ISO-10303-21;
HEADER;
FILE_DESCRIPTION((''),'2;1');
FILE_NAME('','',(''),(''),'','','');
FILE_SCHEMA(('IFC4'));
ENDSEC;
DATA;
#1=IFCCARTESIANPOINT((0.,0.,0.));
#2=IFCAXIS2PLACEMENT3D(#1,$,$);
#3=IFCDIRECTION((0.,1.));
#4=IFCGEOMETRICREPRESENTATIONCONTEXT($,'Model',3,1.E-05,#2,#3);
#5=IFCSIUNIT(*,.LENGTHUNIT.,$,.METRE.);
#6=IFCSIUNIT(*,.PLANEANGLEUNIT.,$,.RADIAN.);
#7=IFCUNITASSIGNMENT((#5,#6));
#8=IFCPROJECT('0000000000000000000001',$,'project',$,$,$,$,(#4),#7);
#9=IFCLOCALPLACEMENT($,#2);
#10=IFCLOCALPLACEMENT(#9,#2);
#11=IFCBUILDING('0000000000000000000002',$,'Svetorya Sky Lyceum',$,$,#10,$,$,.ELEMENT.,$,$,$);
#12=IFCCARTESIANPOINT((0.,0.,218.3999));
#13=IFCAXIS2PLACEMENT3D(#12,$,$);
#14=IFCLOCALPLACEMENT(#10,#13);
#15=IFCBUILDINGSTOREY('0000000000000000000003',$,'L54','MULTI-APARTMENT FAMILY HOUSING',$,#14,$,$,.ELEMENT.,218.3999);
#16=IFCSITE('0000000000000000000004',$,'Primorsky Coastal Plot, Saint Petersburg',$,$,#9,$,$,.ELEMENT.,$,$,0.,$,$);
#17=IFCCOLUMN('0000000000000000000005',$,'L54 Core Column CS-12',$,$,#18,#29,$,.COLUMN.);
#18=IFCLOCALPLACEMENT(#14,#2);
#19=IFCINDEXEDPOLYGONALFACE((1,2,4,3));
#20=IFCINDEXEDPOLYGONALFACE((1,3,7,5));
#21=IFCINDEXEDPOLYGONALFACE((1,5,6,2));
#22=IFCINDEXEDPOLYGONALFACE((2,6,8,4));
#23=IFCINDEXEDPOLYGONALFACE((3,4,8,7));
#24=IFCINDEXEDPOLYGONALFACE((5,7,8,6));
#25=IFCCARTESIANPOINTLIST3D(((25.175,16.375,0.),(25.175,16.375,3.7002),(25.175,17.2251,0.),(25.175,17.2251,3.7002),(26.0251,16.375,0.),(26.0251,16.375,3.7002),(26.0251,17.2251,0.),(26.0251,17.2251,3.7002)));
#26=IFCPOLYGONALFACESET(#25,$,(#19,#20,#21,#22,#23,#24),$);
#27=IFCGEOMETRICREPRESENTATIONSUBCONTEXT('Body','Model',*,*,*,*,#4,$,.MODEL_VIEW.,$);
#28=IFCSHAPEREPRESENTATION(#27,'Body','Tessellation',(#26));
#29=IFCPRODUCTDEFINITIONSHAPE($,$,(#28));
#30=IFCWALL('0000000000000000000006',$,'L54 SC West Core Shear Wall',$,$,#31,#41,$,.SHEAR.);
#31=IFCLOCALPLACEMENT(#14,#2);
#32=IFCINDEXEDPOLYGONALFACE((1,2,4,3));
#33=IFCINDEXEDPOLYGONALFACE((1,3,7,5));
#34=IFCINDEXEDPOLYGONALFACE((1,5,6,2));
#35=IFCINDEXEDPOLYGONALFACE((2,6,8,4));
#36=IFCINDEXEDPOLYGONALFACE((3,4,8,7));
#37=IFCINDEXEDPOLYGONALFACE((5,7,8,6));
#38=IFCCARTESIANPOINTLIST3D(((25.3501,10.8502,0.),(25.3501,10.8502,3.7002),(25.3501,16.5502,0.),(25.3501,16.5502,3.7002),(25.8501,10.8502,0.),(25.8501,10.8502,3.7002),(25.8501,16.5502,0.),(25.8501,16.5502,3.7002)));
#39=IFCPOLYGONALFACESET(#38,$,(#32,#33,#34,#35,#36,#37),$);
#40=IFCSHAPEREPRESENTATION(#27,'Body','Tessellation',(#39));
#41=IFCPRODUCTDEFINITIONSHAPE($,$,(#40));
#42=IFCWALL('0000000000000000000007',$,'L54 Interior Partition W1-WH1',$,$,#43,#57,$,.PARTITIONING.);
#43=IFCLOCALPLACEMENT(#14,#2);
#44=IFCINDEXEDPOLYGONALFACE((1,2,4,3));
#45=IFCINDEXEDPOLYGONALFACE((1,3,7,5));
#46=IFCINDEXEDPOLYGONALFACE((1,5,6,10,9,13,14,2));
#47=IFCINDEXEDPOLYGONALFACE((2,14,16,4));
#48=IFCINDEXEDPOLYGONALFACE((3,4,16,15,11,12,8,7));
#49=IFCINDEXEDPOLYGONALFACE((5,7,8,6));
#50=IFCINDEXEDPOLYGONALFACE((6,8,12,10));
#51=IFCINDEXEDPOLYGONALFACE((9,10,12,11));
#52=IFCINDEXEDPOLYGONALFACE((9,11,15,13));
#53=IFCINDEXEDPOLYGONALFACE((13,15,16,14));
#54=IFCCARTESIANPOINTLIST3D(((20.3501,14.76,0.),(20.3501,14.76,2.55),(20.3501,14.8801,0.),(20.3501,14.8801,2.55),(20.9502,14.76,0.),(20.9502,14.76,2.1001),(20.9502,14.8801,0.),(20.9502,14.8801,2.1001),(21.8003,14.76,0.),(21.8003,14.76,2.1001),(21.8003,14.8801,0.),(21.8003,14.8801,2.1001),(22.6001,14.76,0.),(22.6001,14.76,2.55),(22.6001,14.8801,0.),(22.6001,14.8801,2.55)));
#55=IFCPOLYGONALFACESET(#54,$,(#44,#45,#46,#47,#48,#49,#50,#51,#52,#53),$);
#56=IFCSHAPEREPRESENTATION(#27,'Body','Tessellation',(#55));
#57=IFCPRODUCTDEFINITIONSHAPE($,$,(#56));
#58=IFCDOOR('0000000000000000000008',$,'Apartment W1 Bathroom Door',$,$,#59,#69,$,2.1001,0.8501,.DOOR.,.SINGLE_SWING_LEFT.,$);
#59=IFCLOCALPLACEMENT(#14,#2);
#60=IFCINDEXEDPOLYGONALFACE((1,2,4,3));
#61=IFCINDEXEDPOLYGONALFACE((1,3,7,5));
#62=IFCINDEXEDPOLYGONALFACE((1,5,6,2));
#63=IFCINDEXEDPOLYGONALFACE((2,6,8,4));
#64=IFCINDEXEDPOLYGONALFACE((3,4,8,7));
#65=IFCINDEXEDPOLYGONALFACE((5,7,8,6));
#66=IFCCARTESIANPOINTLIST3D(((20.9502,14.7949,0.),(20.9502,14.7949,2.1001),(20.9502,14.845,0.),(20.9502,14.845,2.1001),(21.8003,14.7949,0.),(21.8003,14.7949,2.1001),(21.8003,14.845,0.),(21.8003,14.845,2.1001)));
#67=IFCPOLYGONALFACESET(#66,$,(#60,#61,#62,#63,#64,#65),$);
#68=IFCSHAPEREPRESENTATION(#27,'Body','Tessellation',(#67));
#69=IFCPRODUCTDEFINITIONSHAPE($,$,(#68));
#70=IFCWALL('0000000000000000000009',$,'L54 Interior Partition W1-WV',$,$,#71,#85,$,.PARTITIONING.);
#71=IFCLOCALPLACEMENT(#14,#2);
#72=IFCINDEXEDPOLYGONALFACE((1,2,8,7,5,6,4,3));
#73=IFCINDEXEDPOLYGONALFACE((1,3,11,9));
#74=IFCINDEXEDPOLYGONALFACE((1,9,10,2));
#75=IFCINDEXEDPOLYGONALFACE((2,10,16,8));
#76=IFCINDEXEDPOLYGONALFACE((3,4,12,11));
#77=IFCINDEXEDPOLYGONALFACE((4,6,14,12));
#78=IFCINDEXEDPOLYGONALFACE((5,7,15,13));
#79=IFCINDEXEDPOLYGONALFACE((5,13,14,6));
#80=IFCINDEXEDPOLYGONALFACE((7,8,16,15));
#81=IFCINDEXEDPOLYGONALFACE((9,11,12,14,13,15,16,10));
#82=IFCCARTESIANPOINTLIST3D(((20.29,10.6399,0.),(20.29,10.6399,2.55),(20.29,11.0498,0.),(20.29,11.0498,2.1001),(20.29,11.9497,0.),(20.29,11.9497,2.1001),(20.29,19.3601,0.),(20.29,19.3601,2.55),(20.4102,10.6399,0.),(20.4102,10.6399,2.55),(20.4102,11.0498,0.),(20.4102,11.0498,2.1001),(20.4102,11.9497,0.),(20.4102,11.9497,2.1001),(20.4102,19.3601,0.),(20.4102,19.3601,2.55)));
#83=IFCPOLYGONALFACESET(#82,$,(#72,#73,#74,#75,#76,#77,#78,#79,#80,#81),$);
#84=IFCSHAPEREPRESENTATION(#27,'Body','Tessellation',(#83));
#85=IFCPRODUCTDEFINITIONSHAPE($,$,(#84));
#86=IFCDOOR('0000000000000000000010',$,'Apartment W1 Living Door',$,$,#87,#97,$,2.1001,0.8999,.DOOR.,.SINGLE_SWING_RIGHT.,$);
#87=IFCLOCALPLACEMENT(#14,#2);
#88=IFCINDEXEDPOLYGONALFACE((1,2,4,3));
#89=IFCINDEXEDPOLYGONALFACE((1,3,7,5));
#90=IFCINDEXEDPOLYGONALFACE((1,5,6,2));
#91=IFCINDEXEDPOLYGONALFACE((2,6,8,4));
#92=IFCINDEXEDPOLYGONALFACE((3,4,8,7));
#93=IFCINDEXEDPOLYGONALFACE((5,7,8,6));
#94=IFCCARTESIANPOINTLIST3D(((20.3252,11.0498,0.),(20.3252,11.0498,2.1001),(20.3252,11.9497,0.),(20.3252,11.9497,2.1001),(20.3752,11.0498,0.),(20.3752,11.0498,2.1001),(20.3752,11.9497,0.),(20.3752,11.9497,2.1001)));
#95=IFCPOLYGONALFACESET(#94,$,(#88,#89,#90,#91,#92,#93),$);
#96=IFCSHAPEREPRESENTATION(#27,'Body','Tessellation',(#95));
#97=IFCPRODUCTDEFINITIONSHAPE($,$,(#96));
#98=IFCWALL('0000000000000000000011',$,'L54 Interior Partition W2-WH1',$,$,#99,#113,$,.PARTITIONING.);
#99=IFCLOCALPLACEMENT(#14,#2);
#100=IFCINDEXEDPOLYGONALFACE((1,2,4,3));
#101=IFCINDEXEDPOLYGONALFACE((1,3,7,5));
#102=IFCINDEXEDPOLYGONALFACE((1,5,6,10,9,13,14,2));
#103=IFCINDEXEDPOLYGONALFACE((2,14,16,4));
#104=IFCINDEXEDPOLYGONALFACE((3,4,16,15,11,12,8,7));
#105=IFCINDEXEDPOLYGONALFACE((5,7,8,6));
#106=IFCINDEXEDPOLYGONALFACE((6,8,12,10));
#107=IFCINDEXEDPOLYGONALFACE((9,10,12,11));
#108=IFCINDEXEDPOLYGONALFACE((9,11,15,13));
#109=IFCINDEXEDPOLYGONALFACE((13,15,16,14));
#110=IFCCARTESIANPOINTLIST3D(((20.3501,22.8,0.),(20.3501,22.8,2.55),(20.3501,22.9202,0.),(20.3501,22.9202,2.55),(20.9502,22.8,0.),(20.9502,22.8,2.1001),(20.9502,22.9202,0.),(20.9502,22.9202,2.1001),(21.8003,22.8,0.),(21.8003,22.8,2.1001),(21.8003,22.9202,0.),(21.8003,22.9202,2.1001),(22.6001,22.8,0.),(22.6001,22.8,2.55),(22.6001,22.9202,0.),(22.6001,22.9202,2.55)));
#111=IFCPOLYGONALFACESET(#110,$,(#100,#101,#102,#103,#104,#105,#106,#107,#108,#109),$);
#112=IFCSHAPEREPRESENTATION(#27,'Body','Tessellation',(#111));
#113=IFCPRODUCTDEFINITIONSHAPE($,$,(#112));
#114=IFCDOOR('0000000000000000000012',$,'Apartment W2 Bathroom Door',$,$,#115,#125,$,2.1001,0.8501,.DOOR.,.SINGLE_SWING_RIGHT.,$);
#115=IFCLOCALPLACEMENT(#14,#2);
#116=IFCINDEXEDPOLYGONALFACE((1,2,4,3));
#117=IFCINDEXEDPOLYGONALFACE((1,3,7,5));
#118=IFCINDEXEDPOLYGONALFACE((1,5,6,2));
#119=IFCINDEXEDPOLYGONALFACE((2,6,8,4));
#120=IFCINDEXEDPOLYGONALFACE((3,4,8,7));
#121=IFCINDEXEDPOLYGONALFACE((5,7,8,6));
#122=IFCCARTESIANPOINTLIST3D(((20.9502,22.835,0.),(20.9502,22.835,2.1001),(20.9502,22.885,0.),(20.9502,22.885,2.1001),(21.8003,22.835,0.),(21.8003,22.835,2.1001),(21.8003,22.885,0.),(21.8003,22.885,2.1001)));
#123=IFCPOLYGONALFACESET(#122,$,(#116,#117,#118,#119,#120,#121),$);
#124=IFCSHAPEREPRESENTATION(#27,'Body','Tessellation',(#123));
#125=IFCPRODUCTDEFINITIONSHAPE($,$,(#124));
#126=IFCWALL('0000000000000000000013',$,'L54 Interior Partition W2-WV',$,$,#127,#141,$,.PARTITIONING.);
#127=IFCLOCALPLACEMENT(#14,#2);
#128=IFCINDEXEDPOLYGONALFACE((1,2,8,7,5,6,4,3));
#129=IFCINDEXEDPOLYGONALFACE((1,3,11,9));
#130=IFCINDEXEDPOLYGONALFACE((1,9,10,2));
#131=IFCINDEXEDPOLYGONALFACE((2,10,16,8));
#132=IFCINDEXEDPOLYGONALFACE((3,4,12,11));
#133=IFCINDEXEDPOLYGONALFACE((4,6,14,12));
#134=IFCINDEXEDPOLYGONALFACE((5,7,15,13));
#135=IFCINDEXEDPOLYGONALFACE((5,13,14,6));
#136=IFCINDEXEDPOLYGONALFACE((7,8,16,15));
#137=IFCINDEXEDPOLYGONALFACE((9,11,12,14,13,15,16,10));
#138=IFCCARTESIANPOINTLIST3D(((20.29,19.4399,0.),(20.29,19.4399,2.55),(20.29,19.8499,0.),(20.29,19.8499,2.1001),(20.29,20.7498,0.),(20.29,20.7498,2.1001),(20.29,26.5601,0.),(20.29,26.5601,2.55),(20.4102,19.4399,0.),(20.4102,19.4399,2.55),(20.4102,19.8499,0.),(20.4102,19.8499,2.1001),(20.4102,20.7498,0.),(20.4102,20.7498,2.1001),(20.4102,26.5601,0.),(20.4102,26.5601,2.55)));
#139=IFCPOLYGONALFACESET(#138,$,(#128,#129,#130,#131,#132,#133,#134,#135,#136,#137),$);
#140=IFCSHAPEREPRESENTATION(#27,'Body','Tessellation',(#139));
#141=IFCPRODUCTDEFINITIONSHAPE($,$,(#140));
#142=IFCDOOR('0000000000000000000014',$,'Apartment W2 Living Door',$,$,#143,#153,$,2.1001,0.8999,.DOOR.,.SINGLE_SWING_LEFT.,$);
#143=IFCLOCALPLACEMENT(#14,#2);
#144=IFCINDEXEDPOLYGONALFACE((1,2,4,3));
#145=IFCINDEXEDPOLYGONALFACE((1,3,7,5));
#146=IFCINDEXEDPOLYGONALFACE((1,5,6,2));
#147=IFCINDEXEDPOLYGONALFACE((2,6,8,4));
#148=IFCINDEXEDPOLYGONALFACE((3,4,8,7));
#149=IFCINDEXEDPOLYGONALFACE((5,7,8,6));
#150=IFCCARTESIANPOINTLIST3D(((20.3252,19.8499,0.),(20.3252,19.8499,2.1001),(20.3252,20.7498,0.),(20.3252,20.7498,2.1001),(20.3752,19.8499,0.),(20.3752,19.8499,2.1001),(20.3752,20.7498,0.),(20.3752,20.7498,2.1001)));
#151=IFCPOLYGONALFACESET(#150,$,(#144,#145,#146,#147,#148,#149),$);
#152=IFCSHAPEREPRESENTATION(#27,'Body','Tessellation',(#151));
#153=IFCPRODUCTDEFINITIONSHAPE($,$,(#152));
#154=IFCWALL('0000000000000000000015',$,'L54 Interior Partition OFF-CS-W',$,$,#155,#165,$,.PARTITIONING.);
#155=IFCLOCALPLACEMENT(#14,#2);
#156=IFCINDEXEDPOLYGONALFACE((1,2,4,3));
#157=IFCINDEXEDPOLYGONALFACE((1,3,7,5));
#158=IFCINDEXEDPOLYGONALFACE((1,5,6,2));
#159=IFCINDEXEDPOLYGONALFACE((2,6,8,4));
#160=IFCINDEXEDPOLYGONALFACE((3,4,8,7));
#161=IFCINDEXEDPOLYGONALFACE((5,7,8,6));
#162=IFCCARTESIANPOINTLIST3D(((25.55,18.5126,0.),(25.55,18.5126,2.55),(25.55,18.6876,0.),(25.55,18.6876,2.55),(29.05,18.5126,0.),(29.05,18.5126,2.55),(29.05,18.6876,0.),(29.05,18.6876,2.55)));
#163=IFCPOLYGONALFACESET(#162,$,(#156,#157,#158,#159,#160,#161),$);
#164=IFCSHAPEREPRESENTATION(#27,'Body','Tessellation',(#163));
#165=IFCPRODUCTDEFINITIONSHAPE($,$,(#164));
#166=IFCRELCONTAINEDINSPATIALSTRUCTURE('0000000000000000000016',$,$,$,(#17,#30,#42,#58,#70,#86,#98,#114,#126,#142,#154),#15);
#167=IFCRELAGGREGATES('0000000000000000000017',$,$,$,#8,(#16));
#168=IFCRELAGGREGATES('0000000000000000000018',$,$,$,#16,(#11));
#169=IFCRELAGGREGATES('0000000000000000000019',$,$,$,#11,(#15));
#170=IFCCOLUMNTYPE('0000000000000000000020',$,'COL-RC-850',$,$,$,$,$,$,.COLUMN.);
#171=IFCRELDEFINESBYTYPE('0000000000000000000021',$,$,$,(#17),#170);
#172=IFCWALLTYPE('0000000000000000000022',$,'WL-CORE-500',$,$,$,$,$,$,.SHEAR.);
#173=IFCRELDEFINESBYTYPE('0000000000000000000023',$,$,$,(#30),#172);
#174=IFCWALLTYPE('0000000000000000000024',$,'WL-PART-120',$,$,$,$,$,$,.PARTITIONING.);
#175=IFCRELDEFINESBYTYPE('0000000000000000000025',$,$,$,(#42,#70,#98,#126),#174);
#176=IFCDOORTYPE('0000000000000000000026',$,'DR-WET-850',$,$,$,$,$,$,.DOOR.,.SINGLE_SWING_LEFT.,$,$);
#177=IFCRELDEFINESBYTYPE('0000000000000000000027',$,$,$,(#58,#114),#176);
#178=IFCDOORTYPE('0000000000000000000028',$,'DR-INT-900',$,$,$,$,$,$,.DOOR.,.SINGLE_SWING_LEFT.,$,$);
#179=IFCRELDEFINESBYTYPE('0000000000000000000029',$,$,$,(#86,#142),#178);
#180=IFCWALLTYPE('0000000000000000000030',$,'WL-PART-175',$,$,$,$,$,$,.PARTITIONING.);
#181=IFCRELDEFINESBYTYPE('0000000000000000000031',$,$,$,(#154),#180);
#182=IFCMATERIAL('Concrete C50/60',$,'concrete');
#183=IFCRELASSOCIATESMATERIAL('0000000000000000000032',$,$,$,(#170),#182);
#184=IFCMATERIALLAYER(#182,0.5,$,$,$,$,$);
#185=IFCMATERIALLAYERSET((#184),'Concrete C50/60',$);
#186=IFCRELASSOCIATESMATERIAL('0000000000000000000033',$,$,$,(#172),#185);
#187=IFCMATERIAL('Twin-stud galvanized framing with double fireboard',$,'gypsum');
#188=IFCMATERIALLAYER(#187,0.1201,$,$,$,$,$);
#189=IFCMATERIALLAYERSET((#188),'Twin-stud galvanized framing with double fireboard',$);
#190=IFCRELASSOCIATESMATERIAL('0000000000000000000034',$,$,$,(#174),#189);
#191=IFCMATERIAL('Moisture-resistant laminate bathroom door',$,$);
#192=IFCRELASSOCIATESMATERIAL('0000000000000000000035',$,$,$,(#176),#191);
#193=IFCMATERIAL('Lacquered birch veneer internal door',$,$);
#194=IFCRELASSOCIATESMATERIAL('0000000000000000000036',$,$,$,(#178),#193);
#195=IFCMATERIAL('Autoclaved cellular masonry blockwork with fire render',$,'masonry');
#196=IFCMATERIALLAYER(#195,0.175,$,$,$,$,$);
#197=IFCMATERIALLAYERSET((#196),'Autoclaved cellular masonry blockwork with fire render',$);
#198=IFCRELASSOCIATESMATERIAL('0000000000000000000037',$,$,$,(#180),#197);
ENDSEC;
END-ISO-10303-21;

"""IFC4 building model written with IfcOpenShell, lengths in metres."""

from ifc_helpers import new_model, si_unit, direction, frame, frame_2d, origin, origin_2d, place, context, subcontext, project, spatial, rectangle, extrude, material, layer, layer_set, material_profile, profile_set, type_object, element, fill, save


model = new_model("IFC4")

# Units and contexts
model_context = context("Model", 3, precision=1e-05, world=origin(), true_north=direction((0.0, 1.0)))
body_context = subcontext(model_context, "Body", "Model", "MODEL_VIEW")
ifc_project = project(units=[si_unit("LENGTHUNIT", "METRE"), si_unit("PLANEANGLEUNIT", "RADIAN")], contexts=[model_context])

# Site, building, storey
site_placement = place(None, origin())
site = spatial("IfcSite", under=ifc_project, at=site_placement, Name="Primorsky Coastal Plot, Saint Petersburg", CompositionType="ELEMENT", RefElevation=0.0)
building_placement = place(site_placement, origin())
building = spatial("IfcBuilding", under=site, at=building_placement, Name="Svetorya Sky Lyceum", CompositionType="ELEMENT")
storey_placement = place(building_placement, frame((0.0, 0.0, 218.3999)))
storey = spatial("IfcBuildingStorey", under=building, at=storey_placement, Name="L54", Description="MULTI-APARTMENT FAMILY HOUSING", CompositionType="ELEMENT", Elevation=218.3999)

# Column
ifc_material_1 = material(Name="Concrete C50/60", Category="concrete")
ifc_material_profile = material_profile(ifc_material_1, rectangle(XDim=0.8501, YDim=0.8501, at=origin_2d()), Name="RC COL 850x850")
ifc_profile_set = profile_set([ifc_material_profile], Name="Concrete C50/60")
column_type = type_object("IfcColumnType", Name="COL-RC-850", PredefinedType="COLUMN", material=ifc_profile_set)
column_placement = place(storey_placement, frame((25.6001, 16.8, 0.0), z_axis=(0.0, 0.0, 1.0), x_axis=(1.0, 0.0, 0.0)))
element("IfcColumn", 1, at=column_placement, inside=storey, type_object=column_type, Name="L54 Core Column CS-12", PredefinedType="COLUMN", context=body_context, shape_type="SweptSolid", body=[
    extrude(rectangle(XDim=0.8501, YDim=0.8501, at=origin_2d()), origin(), (0.0, 0.0, 1.0), 3.7002),
])

# Wall
ifc_layer_1 = layer(ifc_material_1, 0.5)
ifc_layer_set_1 = layer_set([ifc_layer_1], Name="Concrete C50/60")
wall_type_1 = type_object("IfcWallType", Name="WL-CORE-500", PredefinedType="SHEAR", material=ifc_layer_set_1)
wall_1_placement = place(storey_placement, frame((25.6001, 10.8501, 0.0), z_axis=(0.0, 0.0, 1.0), x_axis=(0.0, 1.0, 0.0)))
element("IfcWall", 2, at=wall_1_placement, inside=storey, type_object=wall_type_1, Name="L54 SC West Core Shear Wall", PredefinedType="SHEAR", context=body_context, shape_type="SweptSolid", body=[
    extrude(rectangle(XDim=5.7, YDim=0.5, at=frame_2d((2.8501, 0.0))), origin(), (0.0, 0.0, 1.0), 3.7002),
])

# Walls, openings, doors
ifc_material_2 = material(Name="Twin-stud galvanized framing with double fireboard", Category="gypsum")
ifc_layer_2 = layer(ifc_material_2, 0.1201)
ifc_layer_set_2 = layer_set([ifc_layer_2], Name="Twin-stud galvanized framing with double fireboard")
wall_type_2 = type_object("IfcWallType", Name="WL-PART-120", PredefinedType="PARTITIONING", material=ifc_layer_set_2)
wall_2_placement = place(storey_placement, frame((20.3501, 14.8201, 0.0), z_axis=(0.0, 0.0, 1.0), x_axis=(1.0, 0.0, 0.0)))
wall_2 = element("IfcWall", 3, at=wall_2_placement, inside=storey, type_object=wall_type_2, Name="L54 Interior Partition W1-WH1", PredefinedType="PARTITIONING", context=body_context, shape_type="SweptSolid", body=[
    extrude(rectangle(XDim=2.25, YDim=0.1201, at=frame_2d((1.125, 0.0))), origin(), (0.0, 0.0, 1.0), 2.55),
])
opening_1_placement = place(wall_2_placement, frame((0.6001, 0.0, 0.0)))
opening_1 = element("IfcOpeningElement", 4, at=opening_1_placement, cuts=wall_2, PredefinedType="OPENING", context=body_context, shape_type="SweptSolid", body=[
    extrude(rectangle(XDim=0.8501, YDim=2.1001, at=frame_2d((0.425, 1.05))), frame((0.0, 0.0701, 0.0), z_axis=(0.0, -1.0, 0.0), x_axis=(1.0, 0.0, 0.0)), (0.0, 0.0, 1.0), 0.1401),
])
ifc_material_3 = material(Name="Moisture-resistant laminate bathroom door")
door_type_1 = type_object("IfcDoorType", Name="DR-WET-850", OperationType="SINGLE_SWING_LEFT", PredefinedType="DOOR", material=ifc_material_3)
door_1_placement = place(opening_1_placement, origin())
door_1 = element("IfcDoor", 5, at=door_1_placement, inside=storey, type_object=door_type_1, Name="Apartment W1 Bathroom Door", OperationType="SINGLE_SWING_LEFT", OverallHeight=2.1001, OverallWidth=0.8501, PredefinedType="DOOR", context=body_context, shape_type="SweptSolid", body=[
    extrude(rectangle(XDim=0.8501, YDim=2.1001, at=frame_2d((0.425, 1.05))), frame((0.0, 0.0249, 0.0), z_axis=(0.0, -1.0, 0.0), x_axis=(1.0, 0.0, 0.0)), (0.0, 0.0, 1.0), 0.05),
])
fill(opening_1, door_1)
wall_3_placement = place(storey_placement, frame((20.3501, 10.6399, 0.0), z_axis=(0.0, 0.0, 1.0), x_axis=(0.0, 1.0, 0.0)))
wall_3 = element("IfcWall", 6, at=wall_3_placement, inside=storey, type_object=wall_type_2, Name="L54 Interior Partition W1-WV", PredefinedType="PARTITIONING", context=body_context, shape_type="SweptSolid", body=[
    extrude(rectangle(XDim=8.7202, YDim=0.1201, at=frame_2d((4.3601, 0.0))), origin(), (0.0, 0.0, 1.0), 2.55),
])
opening_2_placement = place(wall_3_placement, frame((0.4099, 0.0, 0.0)))
opening_2 = element("IfcOpeningElement", 7, at=opening_2_placement, cuts=wall_3, PredefinedType="OPENING", context=body_context, shape_type="SweptSolid", body=[
    extrude(rectangle(XDim=0.8999, YDim=2.1001, at=frame_2d((0.45, 1.05))), frame((0.0, 0.0701, 0.0), z_axis=(0.0, -1.0, 0.0), x_axis=(1.0, 0.0, 0.0)), (0.0, 0.0, 1.0), 0.1401),
])
ifc_material_4 = material(Name="Lacquered birch veneer internal door")
door_type_2 = type_object("IfcDoorType", Name="DR-INT-900", OperationType="SINGLE_SWING_LEFT", PredefinedType="DOOR", material=ifc_material_4)
door_2_placement = place(opening_2_placement, origin())
door_2 = element("IfcDoor", 8, at=door_2_placement, inside=storey, type_object=door_type_2, Name="Apartment W1 Living Door", OperationType="SINGLE_SWING_RIGHT", OverallHeight=2.1001, OverallWidth=0.8999, PredefinedType="DOOR", context=body_context, shape_type="SweptSolid", body=[
    extrude(rectangle(XDim=0.8999, YDim=2.1001, at=frame_2d((0.45, 1.05))), frame((0.0, 0.0249, 0.0), z_axis=(0.0, -1.0, 0.0), x_axis=(1.0, 0.0, 0.0)), (0.0, 0.0, 1.0), 0.05),
])
fill(opening_2, door_2)
wall_4_placement = place(storey_placement, frame((20.3501, 22.8601, 0.0), z_axis=(0.0, 0.0, 1.0), x_axis=(1.0, 0.0, 0.0)))
wall_4 = element("IfcWall", 9, at=wall_4_placement, inside=storey, type_object=wall_type_2, Name="L54 Interior Partition W2-WH1", PredefinedType="PARTITIONING", context=body_context, shape_type="SweptSolid", body=[
    extrude(rectangle(XDim=2.25, YDim=0.1201, at=frame_2d((1.125, 0.0))), origin(), (0.0, 0.0, 1.0), 2.55),
])
opening_3_placement = place(wall_4_placement, frame((0.6001, 0.0, 0.0)))
opening_3 = element("IfcOpeningElement", 10, at=opening_3_placement, cuts=wall_4, PredefinedType="OPENING", context=body_context, shape_type="SweptSolid", body=[
    extrude(rectangle(XDim=0.8501, YDim=2.1001, at=frame_2d((0.425, 1.05))), frame((0.0, 0.0701, 0.0), z_axis=(0.0, -1.0, 0.0), x_axis=(1.0, 0.0, 0.0)), (0.0, 0.0, 1.0), 0.1401),
])
door_3_placement = place(opening_3_placement, origin())
door_3 = element("IfcDoor", 11, at=door_3_placement, inside=storey, type_object=door_type_1, Name="Apartment W2 Bathroom Door", OperationType="SINGLE_SWING_RIGHT", OverallHeight=2.1001, OverallWidth=0.8501, PredefinedType="DOOR", context=body_context, shape_type="SweptSolid", body=[
    extrude(rectangle(XDim=0.8501, YDim=2.1001, at=frame_2d((0.425, 1.05))), frame((0.0, 0.0249, 0.0), z_axis=(0.0, -1.0, 0.0), x_axis=(1.0, 0.0, 0.0)), (0.0, 0.0, 1.0), 0.05),
])
fill(opening_3, door_3)
wall_5_placement = place(storey_placement, frame((20.3501, 19.4399, 0.0), z_axis=(0.0, 0.0, 1.0), x_axis=(0.0, 1.0, 0.0)))
wall_5 = element("IfcWall", 12, at=wall_5_placement, inside=storey, type_object=wall_type_2, Name="L54 Interior Partition W2-WV", PredefinedType="PARTITIONING", context=body_context, shape_type="SweptSolid", body=[
    extrude(rectangle(XDim=7.1201, YDim=0.1201, at=frame_2d((3.5601, 0.0))), origin(), (0.0, 0.0, 1.0), 2.55),
])
opening_4_placement = place(wall_5_placement, frame((0.4099, 0.0, 0.0)))
opening_4 = element("IfcOpeningElement", 13, at=opening_4_placement, cuts=wall_5, PredefinedType="OPENING", context=body_context, shape_type="SweptSolid", body=[
    extrude(rectangle(XDim=0.8999, YDim=2.1001, at=frame_2d((0.45, 1.05))), frame((0.0, 0.0701, 0.0), z_axis=(0.0, -1.0, 0.0), x_axis=(1.0, 0.0, 0.0)), (0.0, 0.0, 1.0), 0.1401),
])
door_4_placement = place(opening_4_placement, origin())
door_4 = element("IfcDoor", 14, at=door_4_placement, inside=storey, type_object=door_type_2, Name="Apartment W2 Living Door", OperationType="SINGLE_SWING_LEFT", OverallHeight=2.1001, OverallWidth=0.8999, PredefinedType="DOOR", context=body_context, shape_type="SweptSolid", body=[
    extrude(rectangle(XDim=0.8999, YDim=2.1001, at=frame_2d((0.45, 1.05))), frame((0.0, 0.0249, 0.0), z_axis=(0.0, -1.0, 0.0), x_axis=(1.0, 0.0, 0.0)), (0.0, 0.0, 1.0), 0.05),
])
fill(opening_4, door_4)

# Wall
ifc_material_5 = material(Name="Autoclaved cellular masonry blockwork with fire render", Category="masonry")
ifc_layer_3 = layer(ifc_material_5, 0.175)
ifc_layer_set_3 = layer_set([ifc_layer_3], Name="Autoclaved cellular masonry blockwork with fire render")
wall_type_3 = type_object("IfcWallType", Name="WL-PART-175", PredefinedType="PARTITIONING", material=ifc_layer_set_3)
wall_6_placement = place(storey_placement, frame((25.55, 18.6001, 0.0), z_axis=(0.0, 0.0, 1.0), x_axis=(1.0, 0.0, 0.0)))
element("IfcWall", 15, at=wall_6_placement, inside=storey, type_object=wall_type_3, Name="L54 Interior Partition OFF-CS-W", PredefinedType="PARTITIONING", context=body_context, shape_type="SweptSolid", body=[
    extrude(rectangle(XDim=3.5, YDim=0.175, at=frame_2d((1.75, 0.0))), origin(), (0.0, 0.0, 1.0), 2.55),
])

save(model, "model.ifc")
